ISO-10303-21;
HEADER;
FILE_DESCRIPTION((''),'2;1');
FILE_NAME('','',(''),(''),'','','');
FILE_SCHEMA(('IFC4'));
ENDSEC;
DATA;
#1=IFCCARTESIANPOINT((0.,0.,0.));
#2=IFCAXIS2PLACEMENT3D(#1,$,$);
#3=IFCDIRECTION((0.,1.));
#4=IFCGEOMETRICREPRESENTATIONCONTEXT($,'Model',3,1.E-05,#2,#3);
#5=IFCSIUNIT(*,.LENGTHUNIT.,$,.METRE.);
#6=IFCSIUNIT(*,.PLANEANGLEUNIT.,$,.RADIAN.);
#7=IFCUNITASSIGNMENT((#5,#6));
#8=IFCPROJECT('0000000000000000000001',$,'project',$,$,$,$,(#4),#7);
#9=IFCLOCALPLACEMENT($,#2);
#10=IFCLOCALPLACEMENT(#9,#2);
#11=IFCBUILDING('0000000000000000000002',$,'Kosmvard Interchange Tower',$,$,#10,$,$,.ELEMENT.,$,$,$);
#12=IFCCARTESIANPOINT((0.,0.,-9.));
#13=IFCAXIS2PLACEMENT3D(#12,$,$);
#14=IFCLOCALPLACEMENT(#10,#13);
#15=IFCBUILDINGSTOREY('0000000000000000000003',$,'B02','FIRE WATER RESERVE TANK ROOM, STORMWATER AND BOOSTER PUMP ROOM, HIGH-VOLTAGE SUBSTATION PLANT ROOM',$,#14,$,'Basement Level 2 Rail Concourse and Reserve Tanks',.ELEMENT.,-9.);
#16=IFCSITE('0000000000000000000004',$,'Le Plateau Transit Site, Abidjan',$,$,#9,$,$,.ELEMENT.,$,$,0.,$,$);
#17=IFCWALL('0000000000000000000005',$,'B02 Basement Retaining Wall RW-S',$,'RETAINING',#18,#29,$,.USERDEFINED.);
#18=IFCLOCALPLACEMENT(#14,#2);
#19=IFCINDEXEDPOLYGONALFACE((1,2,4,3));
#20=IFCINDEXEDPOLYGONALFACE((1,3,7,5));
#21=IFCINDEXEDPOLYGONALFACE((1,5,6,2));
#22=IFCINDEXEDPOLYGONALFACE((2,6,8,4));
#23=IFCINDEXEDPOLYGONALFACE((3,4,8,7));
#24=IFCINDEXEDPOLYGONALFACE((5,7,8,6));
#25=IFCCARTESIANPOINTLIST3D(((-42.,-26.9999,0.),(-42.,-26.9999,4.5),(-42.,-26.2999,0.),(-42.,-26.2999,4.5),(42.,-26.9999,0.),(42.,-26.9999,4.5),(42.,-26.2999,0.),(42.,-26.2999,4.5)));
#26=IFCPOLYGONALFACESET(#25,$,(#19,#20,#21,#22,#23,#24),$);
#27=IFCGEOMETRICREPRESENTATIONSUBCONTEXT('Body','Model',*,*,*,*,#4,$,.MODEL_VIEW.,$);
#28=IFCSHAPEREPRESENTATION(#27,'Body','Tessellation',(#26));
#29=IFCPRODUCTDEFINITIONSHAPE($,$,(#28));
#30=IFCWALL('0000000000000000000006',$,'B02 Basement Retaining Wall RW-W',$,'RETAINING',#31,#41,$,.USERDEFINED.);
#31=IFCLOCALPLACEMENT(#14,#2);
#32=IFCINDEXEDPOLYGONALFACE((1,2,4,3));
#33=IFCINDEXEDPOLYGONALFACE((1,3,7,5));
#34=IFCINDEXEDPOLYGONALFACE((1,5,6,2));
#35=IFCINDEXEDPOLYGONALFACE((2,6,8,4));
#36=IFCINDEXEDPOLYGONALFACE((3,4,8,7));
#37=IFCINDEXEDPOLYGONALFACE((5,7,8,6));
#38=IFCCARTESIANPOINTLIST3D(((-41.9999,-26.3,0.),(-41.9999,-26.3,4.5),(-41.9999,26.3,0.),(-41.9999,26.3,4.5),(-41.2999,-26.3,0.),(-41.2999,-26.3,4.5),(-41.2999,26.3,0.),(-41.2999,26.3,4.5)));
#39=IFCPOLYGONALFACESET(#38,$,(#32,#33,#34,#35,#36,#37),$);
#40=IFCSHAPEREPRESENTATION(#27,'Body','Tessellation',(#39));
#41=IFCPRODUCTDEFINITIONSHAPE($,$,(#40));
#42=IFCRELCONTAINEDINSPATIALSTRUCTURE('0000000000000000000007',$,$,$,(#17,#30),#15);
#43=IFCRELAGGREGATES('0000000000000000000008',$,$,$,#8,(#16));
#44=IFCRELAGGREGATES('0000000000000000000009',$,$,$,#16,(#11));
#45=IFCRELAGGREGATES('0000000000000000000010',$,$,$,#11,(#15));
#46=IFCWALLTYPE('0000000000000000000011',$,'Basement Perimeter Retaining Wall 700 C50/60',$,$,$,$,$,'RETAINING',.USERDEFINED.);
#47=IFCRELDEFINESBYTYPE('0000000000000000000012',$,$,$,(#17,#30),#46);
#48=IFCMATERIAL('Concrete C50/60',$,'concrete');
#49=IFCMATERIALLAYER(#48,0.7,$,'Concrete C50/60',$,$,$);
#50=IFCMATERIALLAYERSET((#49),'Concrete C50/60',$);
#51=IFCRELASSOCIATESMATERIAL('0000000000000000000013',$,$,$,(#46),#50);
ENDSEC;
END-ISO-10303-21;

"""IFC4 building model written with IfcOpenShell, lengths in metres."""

from ifc_helpers import new_model, si_unit, direction, frame, frame_2d, origin, place, context, subcontext, project, spatial, rectangle, extrude, material, layer, layer_set, type_object, element, save


model = new_model("IFC4")

# Units and contexts
model_context = context("Model", 3, precision=1e-05, world=origin(), true_north=direction((0.0, 1.0)))
body_context = subcontext(model_context, "Body", "Model", "MODEL_VIEW")
ifc_project = project(units=[si_unit("LENGTHUNIT", "METRE"), si_unit("PLANEANGLEUNIT", "RADIAN")], contexts=[model_context])

# Site, building, storey
site_placement = place(None, origin())
site = spatial("IfcSite", under=ifc_project, at=site_placement, Name="Le Plateau Transit Site, Abidjan", CompositionType="ELEMENT", RefElevation=0.0)
building_placement = place(site_placement, origin())
building = spatial("IfcBuilding", under=site, at=building_placement, Name="Kosmvard Interchange Tower", CompositionType="ELEMENT")
storey_placement = place(building_placement, frame((0.0, 0.0, -9.0)))
storey = spatial("IfcBuildingStorey", under=building, at=storey_placement, Name="B02", Description="FIRE WATER RESERVE TANK ROOM, STORMWATER AND BOOSTER PUMP ROOM, HIGH-VOLTAGE SUBSTATION PLANT ROOM", LongName="Basement Level 2 Rail Concourse and Reserve Tanks", CompositionType="ELEMENT", Elevation=-9.0)

# Shared definitions
ifc_material_1 = material(Name="Concrete C50/60", Category="concrete")

# Walls
ifc_layer_1 = layer(ifc_material_1, 0.7, Name="Concrete C50/60")
ifc_layer_set_1 = layer_set([ifc_layer_1], Name="Concrete C50/60")
wall_type_1 = type_object("IfcWallType", Name="Basement Perimeter Retaining Wall 700 C50/60", ElementType="RETAINING", PredefinedType="USERDEFINED", material=ifc_layer_set_1)
wall_1_placement = place(storey_placement, frame((-42.0, -26.6499, 0.0), z_axis=(0.0, 0.0, 1.0), x_axis=(1.0, 0.0, 0.0)))
element("IfcWall", 1, at=wall_1_placement, inside=storey, type_object=wall_type_1, Name="B02 Basement Retaining Wall RW-S", ObjectType="RETAINING", PredefinedType="USERDEFINED", context=body_context, shape_type="SweptSolid", body=[
    extrude(rectangle(XDim=84.0, YDim=0.7, at=frame_2d((42.0, 0.0))), origin(), (0.0, 0.0, 1.0), 4.5),
])
wall_2_placement = place(storey_placement, frame((-41.6499, -26.3, 0.0), z_axis=(0.0, 0.0, 1.0), x_axis=(0.0, 1.0, 0.0)))
element("IfcWall", 2, at=wall_2_placement, inside=storey, type_object=wall_type_1, Name="B02 Basement Retaining Wall RW-W", ObjectType="RETAINING", PredefinedType="USERDEFINED", context=body_context, shape_type="SweptSolid", body=[
    extrude(rectangle(XDim=52.6001, YDim=0.7, at=frame_2d((26.3, 0.0))), origin(), (0.0, 0.0, 1.0), 4.5),
])

save(model, "model.ifc")
